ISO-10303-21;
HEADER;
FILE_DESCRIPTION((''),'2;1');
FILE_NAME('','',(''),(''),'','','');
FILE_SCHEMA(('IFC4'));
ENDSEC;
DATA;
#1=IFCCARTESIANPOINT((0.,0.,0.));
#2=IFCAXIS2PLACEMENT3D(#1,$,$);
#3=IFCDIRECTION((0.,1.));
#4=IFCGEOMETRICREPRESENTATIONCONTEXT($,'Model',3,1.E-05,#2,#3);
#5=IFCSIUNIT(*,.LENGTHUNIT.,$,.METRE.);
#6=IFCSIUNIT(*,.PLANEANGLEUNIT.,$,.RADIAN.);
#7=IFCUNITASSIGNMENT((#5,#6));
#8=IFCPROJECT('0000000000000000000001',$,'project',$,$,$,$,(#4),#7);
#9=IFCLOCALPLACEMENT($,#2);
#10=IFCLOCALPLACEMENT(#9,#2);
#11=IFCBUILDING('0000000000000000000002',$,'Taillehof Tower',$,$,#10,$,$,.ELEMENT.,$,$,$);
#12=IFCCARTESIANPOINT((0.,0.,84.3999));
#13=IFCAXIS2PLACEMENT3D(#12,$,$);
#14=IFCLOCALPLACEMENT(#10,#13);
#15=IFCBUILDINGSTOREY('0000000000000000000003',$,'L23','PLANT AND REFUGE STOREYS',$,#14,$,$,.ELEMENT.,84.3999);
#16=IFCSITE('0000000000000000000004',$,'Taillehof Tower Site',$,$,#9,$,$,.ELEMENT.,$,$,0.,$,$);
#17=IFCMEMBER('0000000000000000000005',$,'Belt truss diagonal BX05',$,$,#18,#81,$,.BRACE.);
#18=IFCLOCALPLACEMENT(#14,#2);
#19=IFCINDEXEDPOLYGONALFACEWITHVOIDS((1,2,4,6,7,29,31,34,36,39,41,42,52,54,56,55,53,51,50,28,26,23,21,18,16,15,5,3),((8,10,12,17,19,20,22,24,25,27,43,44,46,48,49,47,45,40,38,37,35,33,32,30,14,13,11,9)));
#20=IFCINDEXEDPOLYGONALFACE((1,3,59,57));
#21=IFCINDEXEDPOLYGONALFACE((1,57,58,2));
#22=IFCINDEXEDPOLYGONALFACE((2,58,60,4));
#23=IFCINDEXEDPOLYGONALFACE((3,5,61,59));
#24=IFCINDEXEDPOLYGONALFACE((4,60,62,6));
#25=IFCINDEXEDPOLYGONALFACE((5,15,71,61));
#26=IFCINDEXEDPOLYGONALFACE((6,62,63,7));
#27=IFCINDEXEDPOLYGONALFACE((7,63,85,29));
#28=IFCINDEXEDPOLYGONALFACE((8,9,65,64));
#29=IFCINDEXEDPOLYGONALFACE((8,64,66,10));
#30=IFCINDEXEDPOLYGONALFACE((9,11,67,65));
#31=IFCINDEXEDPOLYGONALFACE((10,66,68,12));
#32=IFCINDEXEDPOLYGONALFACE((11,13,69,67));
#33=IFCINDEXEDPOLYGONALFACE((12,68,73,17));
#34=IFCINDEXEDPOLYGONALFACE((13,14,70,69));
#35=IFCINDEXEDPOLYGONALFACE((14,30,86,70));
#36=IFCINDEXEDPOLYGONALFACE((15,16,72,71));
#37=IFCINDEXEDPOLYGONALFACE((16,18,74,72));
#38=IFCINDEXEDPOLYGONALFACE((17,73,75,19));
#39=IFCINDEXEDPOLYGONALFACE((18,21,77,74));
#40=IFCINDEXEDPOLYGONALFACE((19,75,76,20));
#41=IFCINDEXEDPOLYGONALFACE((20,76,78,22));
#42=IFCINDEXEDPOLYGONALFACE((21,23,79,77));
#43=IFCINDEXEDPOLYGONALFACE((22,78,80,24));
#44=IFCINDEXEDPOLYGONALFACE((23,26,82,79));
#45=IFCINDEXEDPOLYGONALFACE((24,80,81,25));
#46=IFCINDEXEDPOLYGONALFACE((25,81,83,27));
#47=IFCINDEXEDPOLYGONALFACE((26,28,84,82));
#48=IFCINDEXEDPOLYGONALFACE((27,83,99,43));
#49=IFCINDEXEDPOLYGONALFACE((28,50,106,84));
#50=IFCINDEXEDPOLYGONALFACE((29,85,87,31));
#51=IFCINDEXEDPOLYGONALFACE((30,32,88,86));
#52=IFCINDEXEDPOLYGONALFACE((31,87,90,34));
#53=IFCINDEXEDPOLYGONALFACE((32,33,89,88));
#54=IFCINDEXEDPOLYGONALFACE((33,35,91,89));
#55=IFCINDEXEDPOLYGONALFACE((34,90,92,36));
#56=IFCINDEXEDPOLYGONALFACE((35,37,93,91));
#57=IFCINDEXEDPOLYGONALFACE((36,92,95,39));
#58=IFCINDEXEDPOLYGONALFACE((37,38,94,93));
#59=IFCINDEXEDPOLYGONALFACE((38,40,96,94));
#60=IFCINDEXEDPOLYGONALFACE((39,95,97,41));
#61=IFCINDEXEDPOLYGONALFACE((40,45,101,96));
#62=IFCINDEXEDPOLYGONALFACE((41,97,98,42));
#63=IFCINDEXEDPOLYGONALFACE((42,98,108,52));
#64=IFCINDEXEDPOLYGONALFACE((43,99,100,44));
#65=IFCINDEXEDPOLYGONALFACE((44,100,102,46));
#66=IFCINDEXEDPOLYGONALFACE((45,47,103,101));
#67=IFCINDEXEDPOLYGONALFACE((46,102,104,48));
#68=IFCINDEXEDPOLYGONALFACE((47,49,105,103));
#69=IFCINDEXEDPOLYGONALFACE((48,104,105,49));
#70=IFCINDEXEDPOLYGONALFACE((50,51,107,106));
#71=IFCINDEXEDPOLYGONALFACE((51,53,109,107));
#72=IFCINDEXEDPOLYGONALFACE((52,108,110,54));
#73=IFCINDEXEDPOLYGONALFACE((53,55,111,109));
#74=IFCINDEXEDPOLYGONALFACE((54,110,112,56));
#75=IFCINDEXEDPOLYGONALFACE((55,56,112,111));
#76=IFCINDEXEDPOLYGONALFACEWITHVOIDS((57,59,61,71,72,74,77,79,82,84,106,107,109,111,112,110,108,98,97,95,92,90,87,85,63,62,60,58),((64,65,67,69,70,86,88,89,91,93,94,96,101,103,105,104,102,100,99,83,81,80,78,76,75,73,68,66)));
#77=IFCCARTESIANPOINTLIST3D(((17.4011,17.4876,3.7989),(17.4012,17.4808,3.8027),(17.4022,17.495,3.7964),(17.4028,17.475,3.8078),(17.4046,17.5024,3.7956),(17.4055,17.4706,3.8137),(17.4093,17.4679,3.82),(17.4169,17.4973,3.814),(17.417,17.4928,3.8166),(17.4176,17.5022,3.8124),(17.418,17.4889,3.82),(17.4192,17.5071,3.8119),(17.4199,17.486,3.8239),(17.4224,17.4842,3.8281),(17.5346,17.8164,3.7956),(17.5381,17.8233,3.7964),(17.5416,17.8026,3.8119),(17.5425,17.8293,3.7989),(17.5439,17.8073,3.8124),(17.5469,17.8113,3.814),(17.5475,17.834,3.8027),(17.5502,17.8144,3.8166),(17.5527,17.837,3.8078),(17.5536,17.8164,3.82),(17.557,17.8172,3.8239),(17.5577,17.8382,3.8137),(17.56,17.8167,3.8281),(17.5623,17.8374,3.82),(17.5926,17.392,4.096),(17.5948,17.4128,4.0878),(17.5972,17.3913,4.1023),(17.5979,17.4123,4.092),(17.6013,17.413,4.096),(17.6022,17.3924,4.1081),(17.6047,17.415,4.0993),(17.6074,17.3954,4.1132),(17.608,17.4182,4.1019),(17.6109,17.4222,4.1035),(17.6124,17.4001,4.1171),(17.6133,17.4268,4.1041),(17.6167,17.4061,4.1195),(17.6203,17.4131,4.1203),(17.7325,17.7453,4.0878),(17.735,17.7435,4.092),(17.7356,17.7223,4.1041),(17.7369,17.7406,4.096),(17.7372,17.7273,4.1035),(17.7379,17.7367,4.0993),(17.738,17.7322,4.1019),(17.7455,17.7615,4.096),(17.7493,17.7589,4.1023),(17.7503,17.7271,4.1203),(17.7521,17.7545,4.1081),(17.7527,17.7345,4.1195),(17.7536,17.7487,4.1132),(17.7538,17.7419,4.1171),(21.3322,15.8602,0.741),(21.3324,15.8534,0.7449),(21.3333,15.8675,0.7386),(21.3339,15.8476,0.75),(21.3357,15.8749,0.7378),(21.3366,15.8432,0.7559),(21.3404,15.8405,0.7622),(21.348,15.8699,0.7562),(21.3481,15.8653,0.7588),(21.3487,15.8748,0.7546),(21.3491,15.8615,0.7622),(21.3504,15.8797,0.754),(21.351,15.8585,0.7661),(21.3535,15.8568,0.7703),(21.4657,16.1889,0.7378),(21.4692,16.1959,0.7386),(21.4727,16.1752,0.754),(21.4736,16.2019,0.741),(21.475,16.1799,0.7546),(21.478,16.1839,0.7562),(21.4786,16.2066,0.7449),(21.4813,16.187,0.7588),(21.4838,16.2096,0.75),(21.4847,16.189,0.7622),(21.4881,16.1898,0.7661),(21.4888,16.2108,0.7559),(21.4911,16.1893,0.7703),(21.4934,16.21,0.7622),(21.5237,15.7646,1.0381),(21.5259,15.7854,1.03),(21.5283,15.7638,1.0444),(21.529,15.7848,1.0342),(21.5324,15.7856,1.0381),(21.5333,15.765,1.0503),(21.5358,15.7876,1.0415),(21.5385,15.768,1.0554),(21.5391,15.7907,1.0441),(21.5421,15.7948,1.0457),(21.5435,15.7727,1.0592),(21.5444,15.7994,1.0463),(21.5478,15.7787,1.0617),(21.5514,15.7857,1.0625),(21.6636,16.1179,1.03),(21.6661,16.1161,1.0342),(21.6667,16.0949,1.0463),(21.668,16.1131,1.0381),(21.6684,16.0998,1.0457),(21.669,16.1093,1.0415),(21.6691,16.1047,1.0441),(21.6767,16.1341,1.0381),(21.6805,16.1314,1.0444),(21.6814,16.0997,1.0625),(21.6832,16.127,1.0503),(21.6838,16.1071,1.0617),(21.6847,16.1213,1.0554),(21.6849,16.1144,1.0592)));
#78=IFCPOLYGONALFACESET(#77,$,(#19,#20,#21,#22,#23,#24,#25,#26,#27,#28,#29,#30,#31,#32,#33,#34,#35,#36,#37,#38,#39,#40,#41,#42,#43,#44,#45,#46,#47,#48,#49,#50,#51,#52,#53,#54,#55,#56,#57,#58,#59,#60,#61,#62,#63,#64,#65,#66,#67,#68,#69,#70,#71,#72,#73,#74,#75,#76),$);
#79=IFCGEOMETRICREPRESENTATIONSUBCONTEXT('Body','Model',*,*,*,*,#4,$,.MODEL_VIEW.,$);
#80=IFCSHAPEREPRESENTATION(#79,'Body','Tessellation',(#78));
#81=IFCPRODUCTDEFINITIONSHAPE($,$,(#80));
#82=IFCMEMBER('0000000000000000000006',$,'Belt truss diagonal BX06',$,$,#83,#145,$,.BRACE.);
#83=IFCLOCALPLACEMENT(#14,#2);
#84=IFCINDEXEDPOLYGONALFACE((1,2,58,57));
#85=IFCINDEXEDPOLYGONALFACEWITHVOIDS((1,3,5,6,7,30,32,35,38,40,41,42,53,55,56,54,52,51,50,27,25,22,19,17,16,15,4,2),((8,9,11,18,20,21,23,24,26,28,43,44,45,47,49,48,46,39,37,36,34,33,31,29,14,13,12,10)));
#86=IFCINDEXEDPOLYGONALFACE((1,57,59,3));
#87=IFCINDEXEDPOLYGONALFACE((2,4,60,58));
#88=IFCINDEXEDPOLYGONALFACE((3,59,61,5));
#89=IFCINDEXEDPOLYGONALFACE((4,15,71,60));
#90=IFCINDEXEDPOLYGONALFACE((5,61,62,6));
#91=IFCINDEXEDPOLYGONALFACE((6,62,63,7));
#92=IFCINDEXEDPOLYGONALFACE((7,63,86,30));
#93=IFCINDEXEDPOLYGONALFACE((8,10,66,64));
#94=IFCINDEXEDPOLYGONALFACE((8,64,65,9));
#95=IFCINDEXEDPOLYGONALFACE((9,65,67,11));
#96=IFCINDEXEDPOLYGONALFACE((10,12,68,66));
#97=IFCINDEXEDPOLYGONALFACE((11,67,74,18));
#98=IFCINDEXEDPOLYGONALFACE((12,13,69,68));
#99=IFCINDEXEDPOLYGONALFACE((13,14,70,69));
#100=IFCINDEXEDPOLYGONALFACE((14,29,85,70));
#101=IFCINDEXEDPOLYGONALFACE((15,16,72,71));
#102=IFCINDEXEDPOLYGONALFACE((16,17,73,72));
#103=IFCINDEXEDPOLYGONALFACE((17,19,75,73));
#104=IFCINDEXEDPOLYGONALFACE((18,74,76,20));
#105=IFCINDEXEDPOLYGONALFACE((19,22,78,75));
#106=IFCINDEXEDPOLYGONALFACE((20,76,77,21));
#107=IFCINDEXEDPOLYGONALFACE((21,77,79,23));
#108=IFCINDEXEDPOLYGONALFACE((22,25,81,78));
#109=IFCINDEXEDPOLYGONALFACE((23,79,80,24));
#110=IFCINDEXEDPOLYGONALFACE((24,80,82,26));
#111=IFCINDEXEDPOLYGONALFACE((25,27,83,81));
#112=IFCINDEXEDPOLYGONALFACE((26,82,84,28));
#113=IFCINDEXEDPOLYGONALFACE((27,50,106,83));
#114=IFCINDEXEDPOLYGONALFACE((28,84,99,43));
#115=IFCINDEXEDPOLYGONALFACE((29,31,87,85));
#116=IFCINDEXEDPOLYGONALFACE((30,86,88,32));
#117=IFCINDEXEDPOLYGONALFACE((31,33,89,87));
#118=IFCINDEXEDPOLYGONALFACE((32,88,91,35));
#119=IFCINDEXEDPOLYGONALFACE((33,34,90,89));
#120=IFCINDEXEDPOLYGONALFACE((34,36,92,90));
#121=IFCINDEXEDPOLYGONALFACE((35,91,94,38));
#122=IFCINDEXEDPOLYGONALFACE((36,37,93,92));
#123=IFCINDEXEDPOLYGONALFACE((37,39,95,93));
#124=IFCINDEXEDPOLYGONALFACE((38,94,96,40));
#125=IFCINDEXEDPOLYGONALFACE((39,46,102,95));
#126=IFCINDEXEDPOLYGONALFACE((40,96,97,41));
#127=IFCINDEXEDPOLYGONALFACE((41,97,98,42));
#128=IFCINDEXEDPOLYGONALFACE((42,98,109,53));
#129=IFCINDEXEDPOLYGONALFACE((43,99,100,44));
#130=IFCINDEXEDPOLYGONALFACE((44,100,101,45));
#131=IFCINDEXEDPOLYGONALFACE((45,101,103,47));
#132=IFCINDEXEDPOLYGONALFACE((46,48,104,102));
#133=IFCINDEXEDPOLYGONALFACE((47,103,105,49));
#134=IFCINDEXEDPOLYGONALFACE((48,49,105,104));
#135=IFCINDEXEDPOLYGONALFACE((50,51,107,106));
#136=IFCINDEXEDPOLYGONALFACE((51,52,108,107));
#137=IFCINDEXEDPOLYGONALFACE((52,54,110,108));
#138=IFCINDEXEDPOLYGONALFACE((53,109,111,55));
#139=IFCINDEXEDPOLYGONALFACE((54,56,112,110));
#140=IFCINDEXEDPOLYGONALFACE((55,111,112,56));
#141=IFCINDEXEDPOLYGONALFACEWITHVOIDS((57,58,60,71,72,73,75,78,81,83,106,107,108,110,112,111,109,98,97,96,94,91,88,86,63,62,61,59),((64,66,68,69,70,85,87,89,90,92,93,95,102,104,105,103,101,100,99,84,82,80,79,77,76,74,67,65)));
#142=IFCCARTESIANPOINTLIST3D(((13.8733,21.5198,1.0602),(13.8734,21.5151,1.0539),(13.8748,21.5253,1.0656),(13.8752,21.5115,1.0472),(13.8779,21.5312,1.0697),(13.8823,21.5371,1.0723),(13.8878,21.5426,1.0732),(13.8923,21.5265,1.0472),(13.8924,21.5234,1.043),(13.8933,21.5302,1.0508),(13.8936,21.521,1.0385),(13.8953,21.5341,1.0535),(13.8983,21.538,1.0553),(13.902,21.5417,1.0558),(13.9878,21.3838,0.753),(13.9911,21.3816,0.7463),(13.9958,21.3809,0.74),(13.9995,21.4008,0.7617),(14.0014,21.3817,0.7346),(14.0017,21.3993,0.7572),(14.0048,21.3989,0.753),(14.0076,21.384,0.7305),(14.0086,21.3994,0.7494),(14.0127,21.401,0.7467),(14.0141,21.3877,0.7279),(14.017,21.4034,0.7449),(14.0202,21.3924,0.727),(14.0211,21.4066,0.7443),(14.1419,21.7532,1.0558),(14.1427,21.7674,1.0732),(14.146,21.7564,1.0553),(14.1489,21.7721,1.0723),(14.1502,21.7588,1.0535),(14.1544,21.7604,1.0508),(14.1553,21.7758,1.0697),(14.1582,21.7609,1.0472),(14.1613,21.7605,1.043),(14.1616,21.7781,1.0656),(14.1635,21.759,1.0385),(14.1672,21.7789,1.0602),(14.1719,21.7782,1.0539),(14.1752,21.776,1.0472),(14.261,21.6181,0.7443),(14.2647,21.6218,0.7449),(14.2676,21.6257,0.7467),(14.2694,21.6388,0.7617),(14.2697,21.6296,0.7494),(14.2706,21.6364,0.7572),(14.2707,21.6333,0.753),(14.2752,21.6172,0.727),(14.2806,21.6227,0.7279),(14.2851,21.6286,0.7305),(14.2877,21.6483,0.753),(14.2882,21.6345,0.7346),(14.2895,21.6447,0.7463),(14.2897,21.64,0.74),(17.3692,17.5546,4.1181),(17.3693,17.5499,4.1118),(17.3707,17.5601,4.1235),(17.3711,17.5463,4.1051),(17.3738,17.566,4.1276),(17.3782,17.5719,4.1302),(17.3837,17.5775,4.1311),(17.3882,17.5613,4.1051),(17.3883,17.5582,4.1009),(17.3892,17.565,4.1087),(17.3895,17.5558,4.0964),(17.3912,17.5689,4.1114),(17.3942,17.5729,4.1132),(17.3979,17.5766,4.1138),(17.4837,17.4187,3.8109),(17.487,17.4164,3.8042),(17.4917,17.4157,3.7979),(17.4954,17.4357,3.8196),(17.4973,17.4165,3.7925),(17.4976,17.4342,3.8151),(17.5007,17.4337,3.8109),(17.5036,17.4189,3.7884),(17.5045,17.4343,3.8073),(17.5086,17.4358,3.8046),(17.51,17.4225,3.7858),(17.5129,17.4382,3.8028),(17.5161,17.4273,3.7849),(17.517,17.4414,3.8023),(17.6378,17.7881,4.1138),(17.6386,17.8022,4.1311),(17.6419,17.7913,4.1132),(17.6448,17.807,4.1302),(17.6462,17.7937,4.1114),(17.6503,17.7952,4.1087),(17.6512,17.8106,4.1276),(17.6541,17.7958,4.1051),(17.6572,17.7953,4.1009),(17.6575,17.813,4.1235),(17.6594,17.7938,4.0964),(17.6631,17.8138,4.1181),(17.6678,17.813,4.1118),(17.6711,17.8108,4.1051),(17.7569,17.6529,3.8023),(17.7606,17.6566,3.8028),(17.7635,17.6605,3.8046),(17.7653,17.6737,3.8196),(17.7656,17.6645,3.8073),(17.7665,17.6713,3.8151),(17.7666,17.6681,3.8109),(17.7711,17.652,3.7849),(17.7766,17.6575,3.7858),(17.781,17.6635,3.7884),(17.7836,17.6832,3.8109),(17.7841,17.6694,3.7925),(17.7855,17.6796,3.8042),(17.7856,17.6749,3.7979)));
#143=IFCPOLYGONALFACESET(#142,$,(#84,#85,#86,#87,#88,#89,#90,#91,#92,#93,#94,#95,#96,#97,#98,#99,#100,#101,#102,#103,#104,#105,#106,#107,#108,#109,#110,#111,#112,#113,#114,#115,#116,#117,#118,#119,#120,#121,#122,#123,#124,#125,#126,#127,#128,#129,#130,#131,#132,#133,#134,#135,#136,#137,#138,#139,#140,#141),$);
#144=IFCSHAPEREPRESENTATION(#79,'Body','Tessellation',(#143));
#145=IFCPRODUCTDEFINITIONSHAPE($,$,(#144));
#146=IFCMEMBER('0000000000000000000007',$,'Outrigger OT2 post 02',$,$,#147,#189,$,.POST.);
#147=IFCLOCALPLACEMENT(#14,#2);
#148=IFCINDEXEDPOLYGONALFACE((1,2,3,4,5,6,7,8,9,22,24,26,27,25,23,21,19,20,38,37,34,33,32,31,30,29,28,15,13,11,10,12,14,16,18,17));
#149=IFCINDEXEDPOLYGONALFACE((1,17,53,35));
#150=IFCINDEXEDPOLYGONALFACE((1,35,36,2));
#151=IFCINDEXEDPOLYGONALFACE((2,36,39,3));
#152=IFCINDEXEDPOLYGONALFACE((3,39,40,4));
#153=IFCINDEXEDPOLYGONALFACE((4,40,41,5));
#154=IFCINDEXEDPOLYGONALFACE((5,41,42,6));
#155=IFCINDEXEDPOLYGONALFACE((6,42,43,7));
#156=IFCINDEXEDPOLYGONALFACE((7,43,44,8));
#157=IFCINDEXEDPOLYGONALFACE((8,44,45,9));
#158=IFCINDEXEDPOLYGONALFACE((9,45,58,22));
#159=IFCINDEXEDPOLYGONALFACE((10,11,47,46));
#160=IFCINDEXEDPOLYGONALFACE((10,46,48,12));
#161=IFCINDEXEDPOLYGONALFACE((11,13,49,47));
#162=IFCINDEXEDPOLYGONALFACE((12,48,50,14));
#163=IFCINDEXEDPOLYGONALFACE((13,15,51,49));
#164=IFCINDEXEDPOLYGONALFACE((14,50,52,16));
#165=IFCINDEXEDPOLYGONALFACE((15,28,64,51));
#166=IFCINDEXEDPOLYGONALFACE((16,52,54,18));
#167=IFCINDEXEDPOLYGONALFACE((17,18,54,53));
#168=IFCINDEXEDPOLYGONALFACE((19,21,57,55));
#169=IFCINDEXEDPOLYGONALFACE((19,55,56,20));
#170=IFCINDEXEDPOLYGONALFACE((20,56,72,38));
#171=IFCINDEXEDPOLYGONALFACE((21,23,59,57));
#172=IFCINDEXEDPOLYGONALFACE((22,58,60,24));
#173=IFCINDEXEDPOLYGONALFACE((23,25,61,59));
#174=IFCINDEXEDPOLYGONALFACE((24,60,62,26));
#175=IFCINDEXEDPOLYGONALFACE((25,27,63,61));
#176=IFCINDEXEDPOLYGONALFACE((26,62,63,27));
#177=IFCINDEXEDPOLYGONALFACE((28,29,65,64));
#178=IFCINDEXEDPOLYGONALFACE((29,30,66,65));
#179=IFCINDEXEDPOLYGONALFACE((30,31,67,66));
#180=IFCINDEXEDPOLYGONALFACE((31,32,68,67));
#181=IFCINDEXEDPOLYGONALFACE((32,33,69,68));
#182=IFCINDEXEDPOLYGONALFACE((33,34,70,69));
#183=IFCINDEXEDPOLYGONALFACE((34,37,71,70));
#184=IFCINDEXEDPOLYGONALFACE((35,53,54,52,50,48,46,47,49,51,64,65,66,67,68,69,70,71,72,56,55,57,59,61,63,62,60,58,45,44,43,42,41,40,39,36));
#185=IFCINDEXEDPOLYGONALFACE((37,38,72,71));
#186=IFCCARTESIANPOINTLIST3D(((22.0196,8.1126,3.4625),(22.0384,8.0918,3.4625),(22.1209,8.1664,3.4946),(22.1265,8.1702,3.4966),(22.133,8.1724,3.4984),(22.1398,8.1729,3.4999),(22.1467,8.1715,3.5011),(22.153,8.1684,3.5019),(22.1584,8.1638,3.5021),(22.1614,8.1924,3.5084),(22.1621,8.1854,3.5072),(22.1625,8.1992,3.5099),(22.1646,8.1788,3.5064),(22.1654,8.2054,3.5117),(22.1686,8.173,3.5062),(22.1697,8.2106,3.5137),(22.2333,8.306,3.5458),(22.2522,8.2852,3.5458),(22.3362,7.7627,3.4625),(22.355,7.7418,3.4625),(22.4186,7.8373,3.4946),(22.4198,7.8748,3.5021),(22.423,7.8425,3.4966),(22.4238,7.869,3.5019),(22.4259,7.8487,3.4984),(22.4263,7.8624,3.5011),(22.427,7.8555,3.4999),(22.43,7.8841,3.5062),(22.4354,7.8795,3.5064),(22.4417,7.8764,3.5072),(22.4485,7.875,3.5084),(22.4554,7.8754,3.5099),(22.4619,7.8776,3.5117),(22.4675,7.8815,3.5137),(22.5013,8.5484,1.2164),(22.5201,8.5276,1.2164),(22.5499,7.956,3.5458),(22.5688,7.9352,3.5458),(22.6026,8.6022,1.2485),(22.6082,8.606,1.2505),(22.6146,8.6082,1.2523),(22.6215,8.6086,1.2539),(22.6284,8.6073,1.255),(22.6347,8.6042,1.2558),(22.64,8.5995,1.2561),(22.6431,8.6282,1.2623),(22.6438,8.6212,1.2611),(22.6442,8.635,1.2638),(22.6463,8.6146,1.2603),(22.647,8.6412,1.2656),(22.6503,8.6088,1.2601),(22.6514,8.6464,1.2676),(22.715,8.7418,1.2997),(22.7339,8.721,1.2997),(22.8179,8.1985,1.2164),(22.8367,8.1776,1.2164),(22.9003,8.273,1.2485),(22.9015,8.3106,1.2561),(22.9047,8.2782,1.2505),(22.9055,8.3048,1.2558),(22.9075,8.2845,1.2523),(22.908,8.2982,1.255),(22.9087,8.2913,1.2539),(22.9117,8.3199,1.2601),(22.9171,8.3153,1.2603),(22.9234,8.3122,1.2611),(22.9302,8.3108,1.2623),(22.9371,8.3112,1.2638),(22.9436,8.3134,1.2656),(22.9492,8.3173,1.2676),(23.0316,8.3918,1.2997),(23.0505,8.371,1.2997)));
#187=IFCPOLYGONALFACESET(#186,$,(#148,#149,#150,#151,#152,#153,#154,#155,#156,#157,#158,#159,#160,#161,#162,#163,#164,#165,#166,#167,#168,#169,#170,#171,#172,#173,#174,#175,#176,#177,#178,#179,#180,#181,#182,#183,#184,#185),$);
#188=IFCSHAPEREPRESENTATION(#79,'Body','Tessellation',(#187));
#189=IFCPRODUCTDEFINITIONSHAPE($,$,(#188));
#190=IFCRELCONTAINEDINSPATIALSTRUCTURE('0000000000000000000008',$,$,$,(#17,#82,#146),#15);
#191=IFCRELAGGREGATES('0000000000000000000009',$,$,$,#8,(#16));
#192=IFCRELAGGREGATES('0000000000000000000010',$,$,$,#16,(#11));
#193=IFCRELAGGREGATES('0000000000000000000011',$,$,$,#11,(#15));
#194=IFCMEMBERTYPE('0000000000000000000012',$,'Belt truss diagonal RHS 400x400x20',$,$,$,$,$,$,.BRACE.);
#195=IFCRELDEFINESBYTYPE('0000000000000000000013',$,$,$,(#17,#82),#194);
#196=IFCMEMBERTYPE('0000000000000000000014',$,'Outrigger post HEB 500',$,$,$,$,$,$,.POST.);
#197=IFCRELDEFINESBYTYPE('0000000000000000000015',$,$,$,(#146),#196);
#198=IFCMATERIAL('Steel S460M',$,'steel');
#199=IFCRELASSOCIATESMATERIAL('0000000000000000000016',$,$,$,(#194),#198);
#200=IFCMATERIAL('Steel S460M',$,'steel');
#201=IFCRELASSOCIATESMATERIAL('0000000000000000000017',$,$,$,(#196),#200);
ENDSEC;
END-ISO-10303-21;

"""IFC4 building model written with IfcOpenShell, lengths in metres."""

from ifc_helpers import new_model, si_unit, direction, frame, origin, origin_2d, place, context, subcontext, project, spatial, hollow_rectangle, i_section, extrude, material, material_profile, profile_set, type_object, element, save


model = new_model("IFC4")

# Units and contexts
model_context = context("Model", 3, precision=1e-05, world=origin(), true_north=direction((0.0, 1.0)))
body_context = subcontext(model_context, "Body", "Model", "MODEL_VIEW")
ifc_project = project(units=[si_unit("LENGTHUNIT", "METRE"), si_unit("PLANEANGLEUNIT", "RADIAN")], contexts=[model_context])

# Site, building, storey
site_placement = place(None, origin())
site = spatial("IfcSite", under=ifc_project, at=site_placement, Name="Taillehof Tower Site", CompositionType="ELEMENT", RefElevation=0.0)
building_placement = place(site_placement, origin())
building = spatial("IfcBuilding", under=site, at=building_placement, Name="Taillehof Tower", CompositionType="ELEMENT")
storey_placement = place(building_placement, frame((0.0, 0.0, 84.3999)))
storey = spatial("IfcBuildingStorey", under=building, at=storey_placement, Name="L23", Description="PLANT AND REFUGE STOREYS", CompositionType="ELEMENT", Elevation=84.3999)

# Members
ifc_material_1 = material(Name="Steel S460M", Category="steel")
ifc_material_profile_1 = material_profile(ifc_material_1, hollow_rectangle(XDim=0.3999, YDim=0.3999, WallThickness=0.02, InnerFilletRadius=0.02, OuterFilletRadius=0.03, at=origin_2d()), Name="RHS 400x400x20")
ifc_profile_set_1 = profile_set([ifc_material_profile_1], Name="Steel S460M")
member_type_1 = type_object("IfcMemberType", Name="Belt truss diagonal RHS 400x400x20", PredefinedType="BRACE", material=ifc_profile_set_1)
member_1_placement = place(storey_placement, frame((21.5085, 15.9873, 0.9001), z_axis=(-0.750282, 0.310606, 0.58361), x_axis=(-0.382504, -0.923954, 0.0)))
element("IfcMember", 1, at=member_1_placement, inside=storey, type_object=member_type_1, Name="Belt truss diagonal BX05", PredefinedType="BRACE", context=body_context, shape_type="SweptSolid", body=[
    extrude(hollow_rectangle(XDim=0.3999, YDim=0.3999, WallThickness=0.02, InnerFilletRadius=0.02, OuterFilletRadius=0.03, at=origin_2d()), origin(), (0.0, 0.0, 1.0), 5.2395),
])
member_2_placement = place(storey_placement, frame((17.5774, 17.6147, 3.958), z_axis=(-0.572449, 0.649287, -0.500728), x_axis=(-0.750097, -0.661328, 0.0)))
element("IfcMember", 2, at=member_2_placement, inside=storey, type_object=member_type_1, Name="Belt truss diagonal BX06", PredefinedType="BRACE", context=body_context, shape_type="SweptSolid", body=[
    extrude(hollow_rectangle(XDim=0.3999, YDim=0.3999, WallThickness=0.02, InnerFilletRadius=0.02, OuterFilletRadius=0.03, at=origin_2d()), origin(), (0.0, 0.0, 1.0), 6.1069),
])
ifc_material_2 = material(Name="Steel S460M", Category="steel")
ifc_material_profile_2 = material_profile(ifc_material_2, i_section(OverallWidth=0.3, OverallDepth=0.5, WebThickness=0.0144, FlangeThickness=0.0281, FilletRadius=0.0271, at=origin_2d()), Name="HEB 500")
ifc_profile_set_2 = profile_set([ifc_material_profile_2], Name="Steel S460M")
member_type_2 = type_object("IfcMemberType", Name="Outrigger post HEB 500", PredefinedType="POST", material=ifc_profile_set_2)
member_3_placement = place(storey_placement, frame((22.7759, 8.4597, 1.2581), z_axis=(-0.206014, -0.186384, 0.960635), x_axis=(-0.712362, -0.644484, -0.277815)))
element("IfcMember", 3, at=member_3_placement, inside=storey, type_object=member_type_2, Name="Outrigger OT2 post 02", PredefinedType="POST", context=body_context, shape_type="SweptSolid", body=[
    extrude(i_section(OverallWidth=0.3, OverallDepth=0.5, WebThickness=0.0144, FlangeThickness=0.0281, FilletRadius=0.0271, at=origin_2d()), origin(), (0.0, 0.0, 1.0), 2.3381),
])

save(model, "model.ifc")
